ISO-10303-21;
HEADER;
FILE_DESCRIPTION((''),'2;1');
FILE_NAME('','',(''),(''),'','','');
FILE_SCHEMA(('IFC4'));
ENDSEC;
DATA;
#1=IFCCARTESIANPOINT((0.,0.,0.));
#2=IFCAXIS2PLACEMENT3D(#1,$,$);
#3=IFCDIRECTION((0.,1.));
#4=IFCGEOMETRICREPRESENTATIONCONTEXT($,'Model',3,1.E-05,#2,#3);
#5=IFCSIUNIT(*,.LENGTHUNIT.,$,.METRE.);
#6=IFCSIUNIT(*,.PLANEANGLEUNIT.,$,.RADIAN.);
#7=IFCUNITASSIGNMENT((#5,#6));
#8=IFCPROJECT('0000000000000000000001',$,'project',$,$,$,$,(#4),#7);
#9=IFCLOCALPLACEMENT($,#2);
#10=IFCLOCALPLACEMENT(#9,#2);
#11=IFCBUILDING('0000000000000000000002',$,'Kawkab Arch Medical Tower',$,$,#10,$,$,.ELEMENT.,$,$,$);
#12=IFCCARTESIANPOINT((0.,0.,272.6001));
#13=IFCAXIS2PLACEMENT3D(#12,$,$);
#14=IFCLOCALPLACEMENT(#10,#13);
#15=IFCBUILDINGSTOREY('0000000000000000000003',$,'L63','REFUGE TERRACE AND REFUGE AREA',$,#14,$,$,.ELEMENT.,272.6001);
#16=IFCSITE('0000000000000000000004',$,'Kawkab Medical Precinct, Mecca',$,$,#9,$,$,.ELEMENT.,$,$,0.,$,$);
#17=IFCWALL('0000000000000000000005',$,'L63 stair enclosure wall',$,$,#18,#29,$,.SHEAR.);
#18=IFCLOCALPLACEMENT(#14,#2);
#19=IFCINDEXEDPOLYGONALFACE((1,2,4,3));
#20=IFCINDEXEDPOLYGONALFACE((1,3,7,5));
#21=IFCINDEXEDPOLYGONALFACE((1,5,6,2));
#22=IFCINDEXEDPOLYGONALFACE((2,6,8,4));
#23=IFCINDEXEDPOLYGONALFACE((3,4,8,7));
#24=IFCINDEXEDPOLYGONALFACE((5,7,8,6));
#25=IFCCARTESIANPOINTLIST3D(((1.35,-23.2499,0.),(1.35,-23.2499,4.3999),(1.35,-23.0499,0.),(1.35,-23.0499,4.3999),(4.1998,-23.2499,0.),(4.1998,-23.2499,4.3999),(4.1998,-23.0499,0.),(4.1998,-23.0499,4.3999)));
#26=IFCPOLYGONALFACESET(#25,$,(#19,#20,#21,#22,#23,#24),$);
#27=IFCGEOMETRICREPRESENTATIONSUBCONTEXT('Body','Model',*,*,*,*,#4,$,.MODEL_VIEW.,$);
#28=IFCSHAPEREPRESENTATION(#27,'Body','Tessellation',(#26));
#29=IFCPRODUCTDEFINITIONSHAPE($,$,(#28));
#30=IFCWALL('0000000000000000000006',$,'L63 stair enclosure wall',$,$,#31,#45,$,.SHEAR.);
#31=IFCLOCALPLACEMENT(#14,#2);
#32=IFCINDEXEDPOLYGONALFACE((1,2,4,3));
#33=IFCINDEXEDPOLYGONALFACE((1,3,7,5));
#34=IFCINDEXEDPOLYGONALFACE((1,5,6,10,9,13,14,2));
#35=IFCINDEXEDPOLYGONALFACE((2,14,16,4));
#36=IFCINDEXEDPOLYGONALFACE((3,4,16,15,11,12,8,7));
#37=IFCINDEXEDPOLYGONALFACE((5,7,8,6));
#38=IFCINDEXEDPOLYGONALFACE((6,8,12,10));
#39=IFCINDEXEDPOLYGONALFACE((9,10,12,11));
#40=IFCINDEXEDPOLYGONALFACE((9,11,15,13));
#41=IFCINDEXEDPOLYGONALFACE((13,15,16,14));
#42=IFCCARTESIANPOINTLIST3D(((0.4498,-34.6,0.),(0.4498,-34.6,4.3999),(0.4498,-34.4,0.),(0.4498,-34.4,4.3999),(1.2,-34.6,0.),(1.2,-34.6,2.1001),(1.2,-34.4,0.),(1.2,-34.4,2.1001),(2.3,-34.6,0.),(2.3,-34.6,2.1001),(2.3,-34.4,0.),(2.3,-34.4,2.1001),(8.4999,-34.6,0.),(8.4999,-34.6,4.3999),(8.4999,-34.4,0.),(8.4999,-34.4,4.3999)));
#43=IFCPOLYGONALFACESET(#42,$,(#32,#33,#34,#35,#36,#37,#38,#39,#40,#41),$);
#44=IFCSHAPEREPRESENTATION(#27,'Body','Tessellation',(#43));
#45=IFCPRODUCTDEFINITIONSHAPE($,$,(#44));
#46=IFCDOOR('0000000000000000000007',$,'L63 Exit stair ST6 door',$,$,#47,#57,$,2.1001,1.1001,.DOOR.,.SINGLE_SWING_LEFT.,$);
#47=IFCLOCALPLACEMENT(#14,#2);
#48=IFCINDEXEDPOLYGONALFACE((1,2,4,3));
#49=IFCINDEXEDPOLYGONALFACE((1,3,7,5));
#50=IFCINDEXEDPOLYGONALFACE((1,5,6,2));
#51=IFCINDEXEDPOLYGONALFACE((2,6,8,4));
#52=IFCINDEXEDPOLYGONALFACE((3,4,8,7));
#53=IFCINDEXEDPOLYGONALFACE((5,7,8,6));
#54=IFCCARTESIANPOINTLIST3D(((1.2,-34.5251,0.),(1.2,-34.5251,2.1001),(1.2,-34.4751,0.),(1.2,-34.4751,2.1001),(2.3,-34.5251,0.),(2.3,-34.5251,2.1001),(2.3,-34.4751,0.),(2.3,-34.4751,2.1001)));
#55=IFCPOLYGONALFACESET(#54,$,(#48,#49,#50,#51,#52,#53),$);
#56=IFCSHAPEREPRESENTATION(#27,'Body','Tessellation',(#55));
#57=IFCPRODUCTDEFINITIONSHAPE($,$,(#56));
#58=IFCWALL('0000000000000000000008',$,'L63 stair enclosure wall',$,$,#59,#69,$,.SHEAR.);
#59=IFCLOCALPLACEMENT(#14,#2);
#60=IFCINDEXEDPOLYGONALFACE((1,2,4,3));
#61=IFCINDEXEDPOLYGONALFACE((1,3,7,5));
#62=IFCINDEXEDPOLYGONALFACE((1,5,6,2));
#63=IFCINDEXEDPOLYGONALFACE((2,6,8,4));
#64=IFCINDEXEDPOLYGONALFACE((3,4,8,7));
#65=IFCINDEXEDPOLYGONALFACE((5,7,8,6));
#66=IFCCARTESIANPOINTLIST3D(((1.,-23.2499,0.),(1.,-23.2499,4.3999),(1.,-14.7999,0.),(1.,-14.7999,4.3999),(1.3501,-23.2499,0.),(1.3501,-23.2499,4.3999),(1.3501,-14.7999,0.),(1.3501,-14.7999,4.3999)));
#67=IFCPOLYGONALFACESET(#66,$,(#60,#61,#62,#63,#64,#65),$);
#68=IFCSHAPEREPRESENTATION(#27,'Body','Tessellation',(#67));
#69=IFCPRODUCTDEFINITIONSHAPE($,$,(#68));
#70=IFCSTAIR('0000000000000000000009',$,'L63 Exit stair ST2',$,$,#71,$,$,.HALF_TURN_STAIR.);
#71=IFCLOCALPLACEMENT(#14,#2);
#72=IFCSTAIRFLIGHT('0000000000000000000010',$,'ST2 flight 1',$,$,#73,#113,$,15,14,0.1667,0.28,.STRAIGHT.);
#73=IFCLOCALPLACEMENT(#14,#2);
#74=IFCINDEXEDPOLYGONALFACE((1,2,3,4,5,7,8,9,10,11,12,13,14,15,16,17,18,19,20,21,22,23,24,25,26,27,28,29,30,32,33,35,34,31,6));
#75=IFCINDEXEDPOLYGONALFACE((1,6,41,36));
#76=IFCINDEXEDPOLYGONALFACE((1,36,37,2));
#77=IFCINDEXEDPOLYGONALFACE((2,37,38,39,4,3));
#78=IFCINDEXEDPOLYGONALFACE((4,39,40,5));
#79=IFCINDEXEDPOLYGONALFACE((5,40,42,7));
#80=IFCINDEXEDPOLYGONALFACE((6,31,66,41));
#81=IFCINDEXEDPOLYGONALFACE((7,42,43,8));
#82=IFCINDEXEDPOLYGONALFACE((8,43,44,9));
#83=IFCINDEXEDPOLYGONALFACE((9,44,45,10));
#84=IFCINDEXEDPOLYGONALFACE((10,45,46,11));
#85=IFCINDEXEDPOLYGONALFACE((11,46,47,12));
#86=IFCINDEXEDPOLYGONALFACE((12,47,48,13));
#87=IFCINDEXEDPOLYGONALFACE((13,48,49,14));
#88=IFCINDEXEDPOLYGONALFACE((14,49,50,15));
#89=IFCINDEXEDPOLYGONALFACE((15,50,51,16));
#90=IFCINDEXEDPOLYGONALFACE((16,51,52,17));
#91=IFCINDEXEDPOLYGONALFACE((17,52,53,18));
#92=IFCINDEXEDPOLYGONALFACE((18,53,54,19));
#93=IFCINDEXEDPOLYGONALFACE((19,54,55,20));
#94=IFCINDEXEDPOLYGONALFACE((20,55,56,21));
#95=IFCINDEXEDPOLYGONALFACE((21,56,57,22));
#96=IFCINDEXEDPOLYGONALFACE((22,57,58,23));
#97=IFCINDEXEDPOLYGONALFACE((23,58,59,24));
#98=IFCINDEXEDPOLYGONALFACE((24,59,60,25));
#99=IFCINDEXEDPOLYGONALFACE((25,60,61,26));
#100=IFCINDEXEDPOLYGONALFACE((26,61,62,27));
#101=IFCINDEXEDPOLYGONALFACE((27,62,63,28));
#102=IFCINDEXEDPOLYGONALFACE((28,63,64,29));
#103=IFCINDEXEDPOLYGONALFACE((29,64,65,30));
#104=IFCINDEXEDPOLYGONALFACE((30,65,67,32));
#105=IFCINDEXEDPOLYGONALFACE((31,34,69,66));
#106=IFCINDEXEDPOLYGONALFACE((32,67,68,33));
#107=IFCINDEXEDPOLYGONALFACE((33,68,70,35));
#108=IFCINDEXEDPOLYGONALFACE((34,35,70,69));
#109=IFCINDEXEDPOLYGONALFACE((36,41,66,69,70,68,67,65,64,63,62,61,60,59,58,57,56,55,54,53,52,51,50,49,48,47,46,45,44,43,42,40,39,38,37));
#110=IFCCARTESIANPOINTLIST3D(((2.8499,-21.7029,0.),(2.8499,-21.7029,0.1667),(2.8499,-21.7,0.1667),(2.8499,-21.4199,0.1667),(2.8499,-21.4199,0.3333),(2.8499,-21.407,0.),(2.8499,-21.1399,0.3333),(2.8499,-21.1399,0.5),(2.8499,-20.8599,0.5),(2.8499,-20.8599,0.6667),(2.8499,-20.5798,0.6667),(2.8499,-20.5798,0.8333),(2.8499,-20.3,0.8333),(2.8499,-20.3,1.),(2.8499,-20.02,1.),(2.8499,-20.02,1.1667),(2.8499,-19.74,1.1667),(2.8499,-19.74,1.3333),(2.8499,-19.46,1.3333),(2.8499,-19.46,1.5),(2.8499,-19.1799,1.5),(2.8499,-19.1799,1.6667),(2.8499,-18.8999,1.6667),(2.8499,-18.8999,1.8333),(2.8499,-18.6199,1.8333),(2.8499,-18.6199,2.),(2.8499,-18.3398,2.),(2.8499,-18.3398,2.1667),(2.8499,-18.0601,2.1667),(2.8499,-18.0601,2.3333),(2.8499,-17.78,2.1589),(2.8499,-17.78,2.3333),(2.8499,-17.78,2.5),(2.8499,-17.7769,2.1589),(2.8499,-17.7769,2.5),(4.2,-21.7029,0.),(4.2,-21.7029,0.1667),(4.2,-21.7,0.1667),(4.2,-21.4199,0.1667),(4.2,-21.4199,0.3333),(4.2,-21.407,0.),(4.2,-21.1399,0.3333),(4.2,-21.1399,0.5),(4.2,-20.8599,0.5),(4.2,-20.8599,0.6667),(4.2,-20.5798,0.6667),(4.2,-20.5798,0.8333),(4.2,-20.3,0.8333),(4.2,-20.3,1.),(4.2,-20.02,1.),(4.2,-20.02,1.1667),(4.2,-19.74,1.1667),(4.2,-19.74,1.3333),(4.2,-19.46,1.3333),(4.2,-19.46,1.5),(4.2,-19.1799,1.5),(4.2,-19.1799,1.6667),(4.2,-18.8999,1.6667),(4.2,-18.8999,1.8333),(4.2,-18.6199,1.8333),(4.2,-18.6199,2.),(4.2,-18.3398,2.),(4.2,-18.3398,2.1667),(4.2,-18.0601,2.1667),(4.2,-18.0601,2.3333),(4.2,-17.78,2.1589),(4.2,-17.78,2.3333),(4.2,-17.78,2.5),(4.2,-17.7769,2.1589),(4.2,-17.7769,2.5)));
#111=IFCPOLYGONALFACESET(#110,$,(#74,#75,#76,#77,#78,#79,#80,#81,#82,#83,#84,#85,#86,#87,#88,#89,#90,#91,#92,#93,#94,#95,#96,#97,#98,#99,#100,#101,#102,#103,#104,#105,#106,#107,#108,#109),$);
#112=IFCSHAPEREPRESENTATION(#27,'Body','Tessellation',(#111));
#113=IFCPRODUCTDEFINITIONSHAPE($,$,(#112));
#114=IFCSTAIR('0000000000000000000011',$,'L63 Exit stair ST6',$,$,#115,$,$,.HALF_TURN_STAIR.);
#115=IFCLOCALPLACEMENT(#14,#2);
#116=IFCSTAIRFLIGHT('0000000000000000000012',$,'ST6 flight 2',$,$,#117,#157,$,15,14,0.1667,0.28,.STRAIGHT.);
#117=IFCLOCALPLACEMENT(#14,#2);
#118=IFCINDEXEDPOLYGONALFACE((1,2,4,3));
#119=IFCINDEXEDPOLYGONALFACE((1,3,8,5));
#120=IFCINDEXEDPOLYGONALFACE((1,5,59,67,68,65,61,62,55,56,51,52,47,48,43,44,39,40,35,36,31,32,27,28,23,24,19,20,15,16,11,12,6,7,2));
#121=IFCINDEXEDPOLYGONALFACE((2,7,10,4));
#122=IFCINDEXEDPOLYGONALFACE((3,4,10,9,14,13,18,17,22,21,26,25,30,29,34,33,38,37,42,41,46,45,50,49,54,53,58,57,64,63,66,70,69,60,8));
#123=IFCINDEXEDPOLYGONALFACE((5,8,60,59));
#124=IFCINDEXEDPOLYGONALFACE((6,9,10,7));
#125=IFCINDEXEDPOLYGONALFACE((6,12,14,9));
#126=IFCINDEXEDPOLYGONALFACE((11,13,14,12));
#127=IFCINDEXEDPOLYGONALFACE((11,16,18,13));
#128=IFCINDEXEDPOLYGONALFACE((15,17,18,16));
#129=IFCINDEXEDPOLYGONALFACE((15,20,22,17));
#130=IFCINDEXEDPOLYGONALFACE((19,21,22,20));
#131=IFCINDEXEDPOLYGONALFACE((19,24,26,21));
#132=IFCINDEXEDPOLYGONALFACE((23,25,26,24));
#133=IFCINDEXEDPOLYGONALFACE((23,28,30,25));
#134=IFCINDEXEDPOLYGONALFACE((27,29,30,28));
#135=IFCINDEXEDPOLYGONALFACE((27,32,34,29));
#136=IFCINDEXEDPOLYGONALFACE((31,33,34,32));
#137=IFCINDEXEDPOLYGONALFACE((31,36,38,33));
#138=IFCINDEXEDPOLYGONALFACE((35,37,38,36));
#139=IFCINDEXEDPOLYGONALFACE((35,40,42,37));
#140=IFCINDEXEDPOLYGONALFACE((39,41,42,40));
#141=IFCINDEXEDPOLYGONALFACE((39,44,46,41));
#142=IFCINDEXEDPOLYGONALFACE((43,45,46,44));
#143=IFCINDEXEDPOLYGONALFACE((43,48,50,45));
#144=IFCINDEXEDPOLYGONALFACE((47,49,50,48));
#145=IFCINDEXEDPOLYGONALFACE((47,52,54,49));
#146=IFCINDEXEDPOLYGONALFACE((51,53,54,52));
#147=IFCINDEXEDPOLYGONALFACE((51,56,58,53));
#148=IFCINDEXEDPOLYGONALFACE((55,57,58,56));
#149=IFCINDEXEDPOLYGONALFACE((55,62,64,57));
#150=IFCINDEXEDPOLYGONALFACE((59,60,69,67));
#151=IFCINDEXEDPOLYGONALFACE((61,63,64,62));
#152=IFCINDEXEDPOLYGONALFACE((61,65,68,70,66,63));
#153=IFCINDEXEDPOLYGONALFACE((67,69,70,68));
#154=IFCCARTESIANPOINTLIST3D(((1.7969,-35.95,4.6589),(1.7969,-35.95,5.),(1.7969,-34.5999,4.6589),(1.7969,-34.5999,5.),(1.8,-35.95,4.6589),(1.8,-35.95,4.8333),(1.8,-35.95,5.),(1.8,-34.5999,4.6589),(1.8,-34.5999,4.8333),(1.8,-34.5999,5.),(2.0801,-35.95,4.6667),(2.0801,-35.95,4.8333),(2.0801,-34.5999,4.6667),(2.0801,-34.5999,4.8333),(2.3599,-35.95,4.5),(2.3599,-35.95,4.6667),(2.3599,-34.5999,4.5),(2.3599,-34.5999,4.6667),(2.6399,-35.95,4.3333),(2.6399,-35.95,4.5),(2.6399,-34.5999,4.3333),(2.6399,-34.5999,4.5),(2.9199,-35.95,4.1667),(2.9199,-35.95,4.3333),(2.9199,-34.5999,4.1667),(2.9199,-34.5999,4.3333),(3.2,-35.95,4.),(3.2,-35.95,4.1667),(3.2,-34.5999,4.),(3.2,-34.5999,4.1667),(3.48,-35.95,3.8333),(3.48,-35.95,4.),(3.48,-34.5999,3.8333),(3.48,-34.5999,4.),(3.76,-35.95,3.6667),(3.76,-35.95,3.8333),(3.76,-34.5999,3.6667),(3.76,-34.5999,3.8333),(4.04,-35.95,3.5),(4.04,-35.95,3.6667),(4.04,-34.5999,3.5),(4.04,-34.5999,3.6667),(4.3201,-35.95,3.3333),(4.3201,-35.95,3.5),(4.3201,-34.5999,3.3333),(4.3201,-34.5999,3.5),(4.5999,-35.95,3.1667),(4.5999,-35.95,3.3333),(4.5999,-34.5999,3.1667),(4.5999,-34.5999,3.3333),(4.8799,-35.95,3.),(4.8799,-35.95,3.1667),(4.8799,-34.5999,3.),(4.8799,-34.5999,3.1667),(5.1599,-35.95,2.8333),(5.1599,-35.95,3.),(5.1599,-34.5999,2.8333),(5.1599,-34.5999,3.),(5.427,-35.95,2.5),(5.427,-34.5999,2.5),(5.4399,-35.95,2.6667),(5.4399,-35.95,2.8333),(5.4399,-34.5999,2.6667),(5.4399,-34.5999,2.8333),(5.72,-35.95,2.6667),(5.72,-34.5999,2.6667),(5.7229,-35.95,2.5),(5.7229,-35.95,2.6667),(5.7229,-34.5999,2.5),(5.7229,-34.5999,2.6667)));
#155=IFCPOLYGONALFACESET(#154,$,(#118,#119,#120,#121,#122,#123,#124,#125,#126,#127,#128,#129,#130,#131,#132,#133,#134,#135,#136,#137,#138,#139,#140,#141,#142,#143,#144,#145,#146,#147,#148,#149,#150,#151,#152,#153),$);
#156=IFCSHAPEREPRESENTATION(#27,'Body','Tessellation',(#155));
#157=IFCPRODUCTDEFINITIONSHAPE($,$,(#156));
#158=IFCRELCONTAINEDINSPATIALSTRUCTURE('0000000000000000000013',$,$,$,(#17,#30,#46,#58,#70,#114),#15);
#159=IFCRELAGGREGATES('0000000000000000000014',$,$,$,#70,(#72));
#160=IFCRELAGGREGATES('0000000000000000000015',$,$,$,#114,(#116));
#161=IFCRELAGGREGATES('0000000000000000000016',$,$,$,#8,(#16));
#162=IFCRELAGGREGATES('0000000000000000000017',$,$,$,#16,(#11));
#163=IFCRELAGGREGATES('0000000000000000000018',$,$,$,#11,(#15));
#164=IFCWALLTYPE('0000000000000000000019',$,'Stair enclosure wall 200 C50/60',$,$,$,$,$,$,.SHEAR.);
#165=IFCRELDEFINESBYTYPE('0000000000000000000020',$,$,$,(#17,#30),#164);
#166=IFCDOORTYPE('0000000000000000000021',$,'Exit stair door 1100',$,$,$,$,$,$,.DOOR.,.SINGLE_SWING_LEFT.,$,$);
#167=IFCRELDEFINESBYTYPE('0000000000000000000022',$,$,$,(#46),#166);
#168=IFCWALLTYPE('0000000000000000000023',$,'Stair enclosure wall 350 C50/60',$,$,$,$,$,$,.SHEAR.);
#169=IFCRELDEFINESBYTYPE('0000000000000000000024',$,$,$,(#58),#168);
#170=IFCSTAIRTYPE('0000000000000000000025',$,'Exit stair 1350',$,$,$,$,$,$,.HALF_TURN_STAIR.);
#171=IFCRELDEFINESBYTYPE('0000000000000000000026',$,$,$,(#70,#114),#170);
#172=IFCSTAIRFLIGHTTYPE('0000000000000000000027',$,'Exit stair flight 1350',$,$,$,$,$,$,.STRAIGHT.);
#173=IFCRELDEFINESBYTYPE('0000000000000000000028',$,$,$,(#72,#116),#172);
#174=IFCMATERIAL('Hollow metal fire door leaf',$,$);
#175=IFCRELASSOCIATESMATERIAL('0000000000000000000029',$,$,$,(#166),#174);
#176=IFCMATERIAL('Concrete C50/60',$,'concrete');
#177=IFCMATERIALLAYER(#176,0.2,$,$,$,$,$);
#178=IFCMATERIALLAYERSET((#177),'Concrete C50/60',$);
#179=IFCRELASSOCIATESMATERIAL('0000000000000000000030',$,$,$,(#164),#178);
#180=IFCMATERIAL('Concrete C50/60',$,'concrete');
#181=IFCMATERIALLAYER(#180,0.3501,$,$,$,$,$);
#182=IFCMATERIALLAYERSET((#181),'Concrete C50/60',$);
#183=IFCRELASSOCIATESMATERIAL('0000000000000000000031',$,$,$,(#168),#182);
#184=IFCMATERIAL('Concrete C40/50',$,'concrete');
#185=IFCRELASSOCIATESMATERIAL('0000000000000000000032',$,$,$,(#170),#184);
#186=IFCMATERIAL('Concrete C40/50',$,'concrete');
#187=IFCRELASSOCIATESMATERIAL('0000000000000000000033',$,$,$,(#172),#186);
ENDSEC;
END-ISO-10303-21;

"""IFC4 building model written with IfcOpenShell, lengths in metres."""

from ifc_helpers import new_model, si_unit, direction, frame, frame_2d, origin, place, context, subcontext, project, spatial, polyline, rectangle, outline, extrude, material, layer, layer_set, type_object, element, fill, aggregate, save


model = new_model("IFC4")

# Units and contexts
model_context = context("Model", 3, precision=1e-05, world=origin(), true_north=direction((0.0, 1.0)))
body_context = subcontext(model_context, "Body", "Model", "MODEL_VIEW")
ifc_project = project(units=[si_unit("LENGTHUNIT", "METRE"), si_unit("PLANEANGLEUNIT", "RADIAN")], contexts=[model_context])

# Site, building, storey
site_placement = place(None, origin())
site = spatial("IfcSite", under=ifc_project, at=site_placement, Name="Kawkab Medical Precinct, Mecca", CompositionType="ELEMENT", RefElevation=0.0)
building_placement = place(site_placement, origin())
building = spatial("IfcBuilding", under=site, at=building_placement, Name="Kawkab Arch Medical Tower", CompositionType="ELEMENT")
storey_placement = place(building_placement, frame((0.0, 0.0, 272.6001)))
storey = spatial("IfcBuildingStorey", under=building, at=storey_placement, Name="L63", Description="REFUGE TERRACE AND REFUGE AREA", CompositionType="ELEMENT", Elevation=272.6001)

# Shared definitions
ifc_material_1 = material(Name="Hollow metal fire door leaf")
door_type_1 = type_object("IfcDoorType", Name="Exit stair door 1100", OperationType="SINGLE_SWING_LEFT", PredefinedType="DOOR", material=ifc_material_1)

# Wall
ifc_material_2 = material(Name="Concrete C50/60", Category="concrete")
ifc_layer_1 = layer(ifc_material_2, 0.2)
ifc_layer_set_1 = layer_set([ifc_layer_1], Name="Concrete C50/60")
wall_type_1 = type_object("IfcWallType", Name="Stair enclosure wall 200 C50/60", PredefinedType="SHEAR", material=ifc_layer_set_1)
wall_1_placement = place(storey_placement, frame((1.3501, -23.1499, 0.0), z_axis=(0.0, 0.0, 1.0), x_axis=(1.0, 0.0, 0.0)))
element("IfcWall", 1, at=wall_1_placement, inside=storey, type_object=wall_type_1, Name="L63 stair enclosure wall", PredefinedType="SHEAR", context=body_context, shape_type="SweptSolid", body=[
    extrude(rectangle(XDim=2.8499, YDim=0.2, at=frame_2d((1.4248, 0.0))), origin(), (0.0, 0.0, 1.0), 4.3999),
])

# Wall, opening, door
wall_2_placement = place(storey_placement, frame((0.45, -34.5, 0.0), z_axis=(0.0, 0.0, 1.0), x_axis=(1.0, 0.0, 0.0)))
wall_2 = element("IfcWall", 2, at=wall_2_placement, inside=storey, type_object=wall_type_1, Name="L63 stair enclosure wall", PredefinedType="SHEAR", context=body_context, shape_type="SweptSolid", body=[
    extrude(rectangle(XDim=8.05, YDim=0.2, at=frame_2d((4.0249, 0.0))), origin(), (0.0, 0.0, 1.0), 4.3999),
])
opening_1_placement = place(wall_2_placement, frame((0.75, 0.0, 0.0)))
opening_1 = element("IfcOpeningElement", 3, at=opening_1_placement, cuts=wall_2, PredefinedType="OPENING", context=body_context, shape_type="SweptSolid", body=[
    extrude(rectangle(XDim=1.1001, YDim=2.1001, at=frame_2d((0.55, 1.05))), frame((0.0, 0.1099, 0.0), z_axis=(0.0, -1.0, 0.0), x_axis=(1.0, 0.0, 0.0)), (0.0, 0.0, 1.0), 0.22),
])
door_1_placement = place(opening_1_placement, origin())
door_1 = element("IfcDoor", 4, at=door_1_placement, inside=storey, type_object=door_type_1, Name="L63 Exit stair ST6 door", OperationType="SINGLE_SWING_LEFT", OverallHeight=2.1001, OverallWidth=1.1001, PredefinedType="DOOR", context=body_context, shape_type="SweptSolid", body=[
    extrude(rectangle(XDim=1.1001, YDim=2.1001, at=frame_2d((0.55, 1.05))), frame((0.0, 0.0249, 0.0), z_axis=(0.0, -1.0, 0.0), x_axis=(1.0, 0.0, 0.0)), (0.0, 0.0, 1.0), 0.05),
])
fill(opening_1, door_1)

# Wall
ifc_material_3 = material(Name="Concrete C50/60", Category="concrete")
ifc_layer_2 = layer(ifc_material_3, 0.3501)
ifc_layer_set_2 = layer_set([ifc_layer_2], Name="Concrete C50/60")
wall_type_2 = type_object("IfcWallType", Name="Stair enclosure wall 350 C50/60", PredefinedType="SHEAR", material=ifc_layer_set_2)
wall_3_placement = place(storey_placement, frame((1.175, -23.25, 0.0), z_axis=(0.0, 0.0, 1.0), x_axis=(0.0, 1.0, 0.0)))
element("IfcWall", 5, at=wall_3_placement, inside=storey, type_object=wall_type_2, Name="L63 stair enclosure wall", PredefinedType="SHEAR", context=body_context, shape_type="SweptSolid", body=[
    extrude(rectangle(XDim=8.45, YDim=0.3501, at=frame_2d((4.2251, 0.0))), origin(), (0.0, 0.0, 1.0), 4.3999),
])

# Stairs, stair flights
ifc_material_4 = material(Name="Concrete C40/50", Category="concrete")
stair_type = type_object("IfcStairType", Name="Exit stair 1350", PredefinedType="HALF_TURN_STAIR", material=ifc_material_4)
placement = place(storey_placement, origin())
stair_1 = element("IfcStair", 6, at=placement, inside=storey, type_object=stair_type, Name="L63 Exit stair ST2", PredefinedType="HALF_TURN_STAIR")
ifc_material_5 = material(Name="Concrete C40/50", Category="concrete")
stair_flight_type = type_object("IfcStairFlightType", Name="Exit stair flight 1350", PredefinedType="STRAIGHT", material=ifc_material_5)
stair_flight_1_placement = place(storey_placement, frame((3.5249, -21.7, 0.0), z_axis=(0.0, 0.0, 1.0), x_axis=(0.0, 1.0, 0.0)))
stair_flight_1 = element("IfcStairFlight", 7, at=stair_flight_1_placement, type_object=stair_flight_type, Name="ST2 flight 1", NumberOfRisers=15, NumberOfTreads=14, PredefinedType="STRAIGHT", RiserHeight=0.1667, TreadLength=0.28, context=body_context, shape_type="SweptSolid", body=[
    extrude(outline(polyline([(-0.0029, 0.0), (-0.0029, 0.1667), (0.0, 0.1667), (0.28, 0.1667), (0.28, 0.3333), (0.5601, 0.3333), (0.5601, 0.5), (0.8401, 0.5), (0.8401, 0.6667), (1.1201, 0.6667), (1.1201, 0.8333), (1.3999, 0.8333), (1.3999, 1.0), (1.6799, 1.0), (1.6799, 1.1667), (1.96, 1.1667), (1.96, 1.3333), (2.24, 1.3333), (2.24, 1.5), (2.52, 1.5), (2.52, 1.6667), (2.8, 1.6667), (2.8, 1.8333), (3.0801, 1.8333), (3.0801, 2.0), (3.3601, 2.0), (3.3601, 2.1667), (3.6399, 2.1667), (3.6399, 2.3333), (3.9199, 2.3333), (3.9199, 2.5), (3.9231, 2.5), (3.9231, 2.1589), (3.9199, 2.1589), (0.293, 0.0), (-0.0029, 0.0)])), frame((0.0, 0.675, 0.0), z_axis=(0.0, -1.0, 0.0), x_axis=(1.0, 0.0, 0.0)), (0.0, 0.0, 1.0), 1.3501),
])
aggregate(stair_1, [stair_flight_1])
stair_2 = element("IfcStair", 8, at=placement, inside=storey, type_object=stair_type, Name="L63 Exit stair ST6", PredefinedType="HALF_TURN_STAIR")
stair_flight_2_placement = place(storey_placement, frame((5.72, -35.2749, 2.5), z_axis=(0.0, 0.0, 1.0), x_axis=(-1.0, 0.0, 0.0)))
stair_flight_2 = element("IfcStairFlight", 9, at=stair_flight_2_placement, type_object=stair_flight_type, Name="ST6 flight 2", NumberOfRisers=15, NumberOfTreads=14, PredefinedType="STRAIGHT", RiserHeight=0.1667, TreadLength=0.28, context=body_context, shape_type="SweptSolid", body=[
    extrude(outline(polyline([(-0.0029, 0.0), (-0.0029, 0.1667), (0.0, 0.1667), (0.28, 0.1667), (0.28, 0.3333), (0.5601, 0.3333), (0.5601, 0.5), (0.8401, 0.5), (0.8401, 0.6667), (1.1201, 0.6667), (1.1201, 0.8333), (1.3999, 0.8333), (1.3999, 1.0), (1.6799, 1.0), (1.6799, 1.1667), (1.96, 1.1667), (1.96, 1.3333), (2.24, 1.3333), (2.24, 1.5), (2.52, 1.5), (2.52, 1.6667), (2.8, 1.6667), (2.8, 1.8333), (3.0801, 1.8333), (3.0801, 2.0), (3.3601, 2.0), (3.3601, 2.1667), (3.6399, 2.1667), (3.6399, 2.3333), (3.9199, 2.3333), (3.9199, 2.5), (3.9231, 2.5), (3.9231, 2.1589), (3.9199, 2.1589), (0.293, 0.0), (-0.0029, 0.0)])), frame((0.0, 0.675, 0.0), z_axis=(0.0, -1.0, 0.0), x_axis=(1.0, 0.0, 0.0)), (0.0, 0.0, 1.0), 1.3501),
])
aggregate(stair_2, [stair_flight_2])

save(model, "model.ifc")
